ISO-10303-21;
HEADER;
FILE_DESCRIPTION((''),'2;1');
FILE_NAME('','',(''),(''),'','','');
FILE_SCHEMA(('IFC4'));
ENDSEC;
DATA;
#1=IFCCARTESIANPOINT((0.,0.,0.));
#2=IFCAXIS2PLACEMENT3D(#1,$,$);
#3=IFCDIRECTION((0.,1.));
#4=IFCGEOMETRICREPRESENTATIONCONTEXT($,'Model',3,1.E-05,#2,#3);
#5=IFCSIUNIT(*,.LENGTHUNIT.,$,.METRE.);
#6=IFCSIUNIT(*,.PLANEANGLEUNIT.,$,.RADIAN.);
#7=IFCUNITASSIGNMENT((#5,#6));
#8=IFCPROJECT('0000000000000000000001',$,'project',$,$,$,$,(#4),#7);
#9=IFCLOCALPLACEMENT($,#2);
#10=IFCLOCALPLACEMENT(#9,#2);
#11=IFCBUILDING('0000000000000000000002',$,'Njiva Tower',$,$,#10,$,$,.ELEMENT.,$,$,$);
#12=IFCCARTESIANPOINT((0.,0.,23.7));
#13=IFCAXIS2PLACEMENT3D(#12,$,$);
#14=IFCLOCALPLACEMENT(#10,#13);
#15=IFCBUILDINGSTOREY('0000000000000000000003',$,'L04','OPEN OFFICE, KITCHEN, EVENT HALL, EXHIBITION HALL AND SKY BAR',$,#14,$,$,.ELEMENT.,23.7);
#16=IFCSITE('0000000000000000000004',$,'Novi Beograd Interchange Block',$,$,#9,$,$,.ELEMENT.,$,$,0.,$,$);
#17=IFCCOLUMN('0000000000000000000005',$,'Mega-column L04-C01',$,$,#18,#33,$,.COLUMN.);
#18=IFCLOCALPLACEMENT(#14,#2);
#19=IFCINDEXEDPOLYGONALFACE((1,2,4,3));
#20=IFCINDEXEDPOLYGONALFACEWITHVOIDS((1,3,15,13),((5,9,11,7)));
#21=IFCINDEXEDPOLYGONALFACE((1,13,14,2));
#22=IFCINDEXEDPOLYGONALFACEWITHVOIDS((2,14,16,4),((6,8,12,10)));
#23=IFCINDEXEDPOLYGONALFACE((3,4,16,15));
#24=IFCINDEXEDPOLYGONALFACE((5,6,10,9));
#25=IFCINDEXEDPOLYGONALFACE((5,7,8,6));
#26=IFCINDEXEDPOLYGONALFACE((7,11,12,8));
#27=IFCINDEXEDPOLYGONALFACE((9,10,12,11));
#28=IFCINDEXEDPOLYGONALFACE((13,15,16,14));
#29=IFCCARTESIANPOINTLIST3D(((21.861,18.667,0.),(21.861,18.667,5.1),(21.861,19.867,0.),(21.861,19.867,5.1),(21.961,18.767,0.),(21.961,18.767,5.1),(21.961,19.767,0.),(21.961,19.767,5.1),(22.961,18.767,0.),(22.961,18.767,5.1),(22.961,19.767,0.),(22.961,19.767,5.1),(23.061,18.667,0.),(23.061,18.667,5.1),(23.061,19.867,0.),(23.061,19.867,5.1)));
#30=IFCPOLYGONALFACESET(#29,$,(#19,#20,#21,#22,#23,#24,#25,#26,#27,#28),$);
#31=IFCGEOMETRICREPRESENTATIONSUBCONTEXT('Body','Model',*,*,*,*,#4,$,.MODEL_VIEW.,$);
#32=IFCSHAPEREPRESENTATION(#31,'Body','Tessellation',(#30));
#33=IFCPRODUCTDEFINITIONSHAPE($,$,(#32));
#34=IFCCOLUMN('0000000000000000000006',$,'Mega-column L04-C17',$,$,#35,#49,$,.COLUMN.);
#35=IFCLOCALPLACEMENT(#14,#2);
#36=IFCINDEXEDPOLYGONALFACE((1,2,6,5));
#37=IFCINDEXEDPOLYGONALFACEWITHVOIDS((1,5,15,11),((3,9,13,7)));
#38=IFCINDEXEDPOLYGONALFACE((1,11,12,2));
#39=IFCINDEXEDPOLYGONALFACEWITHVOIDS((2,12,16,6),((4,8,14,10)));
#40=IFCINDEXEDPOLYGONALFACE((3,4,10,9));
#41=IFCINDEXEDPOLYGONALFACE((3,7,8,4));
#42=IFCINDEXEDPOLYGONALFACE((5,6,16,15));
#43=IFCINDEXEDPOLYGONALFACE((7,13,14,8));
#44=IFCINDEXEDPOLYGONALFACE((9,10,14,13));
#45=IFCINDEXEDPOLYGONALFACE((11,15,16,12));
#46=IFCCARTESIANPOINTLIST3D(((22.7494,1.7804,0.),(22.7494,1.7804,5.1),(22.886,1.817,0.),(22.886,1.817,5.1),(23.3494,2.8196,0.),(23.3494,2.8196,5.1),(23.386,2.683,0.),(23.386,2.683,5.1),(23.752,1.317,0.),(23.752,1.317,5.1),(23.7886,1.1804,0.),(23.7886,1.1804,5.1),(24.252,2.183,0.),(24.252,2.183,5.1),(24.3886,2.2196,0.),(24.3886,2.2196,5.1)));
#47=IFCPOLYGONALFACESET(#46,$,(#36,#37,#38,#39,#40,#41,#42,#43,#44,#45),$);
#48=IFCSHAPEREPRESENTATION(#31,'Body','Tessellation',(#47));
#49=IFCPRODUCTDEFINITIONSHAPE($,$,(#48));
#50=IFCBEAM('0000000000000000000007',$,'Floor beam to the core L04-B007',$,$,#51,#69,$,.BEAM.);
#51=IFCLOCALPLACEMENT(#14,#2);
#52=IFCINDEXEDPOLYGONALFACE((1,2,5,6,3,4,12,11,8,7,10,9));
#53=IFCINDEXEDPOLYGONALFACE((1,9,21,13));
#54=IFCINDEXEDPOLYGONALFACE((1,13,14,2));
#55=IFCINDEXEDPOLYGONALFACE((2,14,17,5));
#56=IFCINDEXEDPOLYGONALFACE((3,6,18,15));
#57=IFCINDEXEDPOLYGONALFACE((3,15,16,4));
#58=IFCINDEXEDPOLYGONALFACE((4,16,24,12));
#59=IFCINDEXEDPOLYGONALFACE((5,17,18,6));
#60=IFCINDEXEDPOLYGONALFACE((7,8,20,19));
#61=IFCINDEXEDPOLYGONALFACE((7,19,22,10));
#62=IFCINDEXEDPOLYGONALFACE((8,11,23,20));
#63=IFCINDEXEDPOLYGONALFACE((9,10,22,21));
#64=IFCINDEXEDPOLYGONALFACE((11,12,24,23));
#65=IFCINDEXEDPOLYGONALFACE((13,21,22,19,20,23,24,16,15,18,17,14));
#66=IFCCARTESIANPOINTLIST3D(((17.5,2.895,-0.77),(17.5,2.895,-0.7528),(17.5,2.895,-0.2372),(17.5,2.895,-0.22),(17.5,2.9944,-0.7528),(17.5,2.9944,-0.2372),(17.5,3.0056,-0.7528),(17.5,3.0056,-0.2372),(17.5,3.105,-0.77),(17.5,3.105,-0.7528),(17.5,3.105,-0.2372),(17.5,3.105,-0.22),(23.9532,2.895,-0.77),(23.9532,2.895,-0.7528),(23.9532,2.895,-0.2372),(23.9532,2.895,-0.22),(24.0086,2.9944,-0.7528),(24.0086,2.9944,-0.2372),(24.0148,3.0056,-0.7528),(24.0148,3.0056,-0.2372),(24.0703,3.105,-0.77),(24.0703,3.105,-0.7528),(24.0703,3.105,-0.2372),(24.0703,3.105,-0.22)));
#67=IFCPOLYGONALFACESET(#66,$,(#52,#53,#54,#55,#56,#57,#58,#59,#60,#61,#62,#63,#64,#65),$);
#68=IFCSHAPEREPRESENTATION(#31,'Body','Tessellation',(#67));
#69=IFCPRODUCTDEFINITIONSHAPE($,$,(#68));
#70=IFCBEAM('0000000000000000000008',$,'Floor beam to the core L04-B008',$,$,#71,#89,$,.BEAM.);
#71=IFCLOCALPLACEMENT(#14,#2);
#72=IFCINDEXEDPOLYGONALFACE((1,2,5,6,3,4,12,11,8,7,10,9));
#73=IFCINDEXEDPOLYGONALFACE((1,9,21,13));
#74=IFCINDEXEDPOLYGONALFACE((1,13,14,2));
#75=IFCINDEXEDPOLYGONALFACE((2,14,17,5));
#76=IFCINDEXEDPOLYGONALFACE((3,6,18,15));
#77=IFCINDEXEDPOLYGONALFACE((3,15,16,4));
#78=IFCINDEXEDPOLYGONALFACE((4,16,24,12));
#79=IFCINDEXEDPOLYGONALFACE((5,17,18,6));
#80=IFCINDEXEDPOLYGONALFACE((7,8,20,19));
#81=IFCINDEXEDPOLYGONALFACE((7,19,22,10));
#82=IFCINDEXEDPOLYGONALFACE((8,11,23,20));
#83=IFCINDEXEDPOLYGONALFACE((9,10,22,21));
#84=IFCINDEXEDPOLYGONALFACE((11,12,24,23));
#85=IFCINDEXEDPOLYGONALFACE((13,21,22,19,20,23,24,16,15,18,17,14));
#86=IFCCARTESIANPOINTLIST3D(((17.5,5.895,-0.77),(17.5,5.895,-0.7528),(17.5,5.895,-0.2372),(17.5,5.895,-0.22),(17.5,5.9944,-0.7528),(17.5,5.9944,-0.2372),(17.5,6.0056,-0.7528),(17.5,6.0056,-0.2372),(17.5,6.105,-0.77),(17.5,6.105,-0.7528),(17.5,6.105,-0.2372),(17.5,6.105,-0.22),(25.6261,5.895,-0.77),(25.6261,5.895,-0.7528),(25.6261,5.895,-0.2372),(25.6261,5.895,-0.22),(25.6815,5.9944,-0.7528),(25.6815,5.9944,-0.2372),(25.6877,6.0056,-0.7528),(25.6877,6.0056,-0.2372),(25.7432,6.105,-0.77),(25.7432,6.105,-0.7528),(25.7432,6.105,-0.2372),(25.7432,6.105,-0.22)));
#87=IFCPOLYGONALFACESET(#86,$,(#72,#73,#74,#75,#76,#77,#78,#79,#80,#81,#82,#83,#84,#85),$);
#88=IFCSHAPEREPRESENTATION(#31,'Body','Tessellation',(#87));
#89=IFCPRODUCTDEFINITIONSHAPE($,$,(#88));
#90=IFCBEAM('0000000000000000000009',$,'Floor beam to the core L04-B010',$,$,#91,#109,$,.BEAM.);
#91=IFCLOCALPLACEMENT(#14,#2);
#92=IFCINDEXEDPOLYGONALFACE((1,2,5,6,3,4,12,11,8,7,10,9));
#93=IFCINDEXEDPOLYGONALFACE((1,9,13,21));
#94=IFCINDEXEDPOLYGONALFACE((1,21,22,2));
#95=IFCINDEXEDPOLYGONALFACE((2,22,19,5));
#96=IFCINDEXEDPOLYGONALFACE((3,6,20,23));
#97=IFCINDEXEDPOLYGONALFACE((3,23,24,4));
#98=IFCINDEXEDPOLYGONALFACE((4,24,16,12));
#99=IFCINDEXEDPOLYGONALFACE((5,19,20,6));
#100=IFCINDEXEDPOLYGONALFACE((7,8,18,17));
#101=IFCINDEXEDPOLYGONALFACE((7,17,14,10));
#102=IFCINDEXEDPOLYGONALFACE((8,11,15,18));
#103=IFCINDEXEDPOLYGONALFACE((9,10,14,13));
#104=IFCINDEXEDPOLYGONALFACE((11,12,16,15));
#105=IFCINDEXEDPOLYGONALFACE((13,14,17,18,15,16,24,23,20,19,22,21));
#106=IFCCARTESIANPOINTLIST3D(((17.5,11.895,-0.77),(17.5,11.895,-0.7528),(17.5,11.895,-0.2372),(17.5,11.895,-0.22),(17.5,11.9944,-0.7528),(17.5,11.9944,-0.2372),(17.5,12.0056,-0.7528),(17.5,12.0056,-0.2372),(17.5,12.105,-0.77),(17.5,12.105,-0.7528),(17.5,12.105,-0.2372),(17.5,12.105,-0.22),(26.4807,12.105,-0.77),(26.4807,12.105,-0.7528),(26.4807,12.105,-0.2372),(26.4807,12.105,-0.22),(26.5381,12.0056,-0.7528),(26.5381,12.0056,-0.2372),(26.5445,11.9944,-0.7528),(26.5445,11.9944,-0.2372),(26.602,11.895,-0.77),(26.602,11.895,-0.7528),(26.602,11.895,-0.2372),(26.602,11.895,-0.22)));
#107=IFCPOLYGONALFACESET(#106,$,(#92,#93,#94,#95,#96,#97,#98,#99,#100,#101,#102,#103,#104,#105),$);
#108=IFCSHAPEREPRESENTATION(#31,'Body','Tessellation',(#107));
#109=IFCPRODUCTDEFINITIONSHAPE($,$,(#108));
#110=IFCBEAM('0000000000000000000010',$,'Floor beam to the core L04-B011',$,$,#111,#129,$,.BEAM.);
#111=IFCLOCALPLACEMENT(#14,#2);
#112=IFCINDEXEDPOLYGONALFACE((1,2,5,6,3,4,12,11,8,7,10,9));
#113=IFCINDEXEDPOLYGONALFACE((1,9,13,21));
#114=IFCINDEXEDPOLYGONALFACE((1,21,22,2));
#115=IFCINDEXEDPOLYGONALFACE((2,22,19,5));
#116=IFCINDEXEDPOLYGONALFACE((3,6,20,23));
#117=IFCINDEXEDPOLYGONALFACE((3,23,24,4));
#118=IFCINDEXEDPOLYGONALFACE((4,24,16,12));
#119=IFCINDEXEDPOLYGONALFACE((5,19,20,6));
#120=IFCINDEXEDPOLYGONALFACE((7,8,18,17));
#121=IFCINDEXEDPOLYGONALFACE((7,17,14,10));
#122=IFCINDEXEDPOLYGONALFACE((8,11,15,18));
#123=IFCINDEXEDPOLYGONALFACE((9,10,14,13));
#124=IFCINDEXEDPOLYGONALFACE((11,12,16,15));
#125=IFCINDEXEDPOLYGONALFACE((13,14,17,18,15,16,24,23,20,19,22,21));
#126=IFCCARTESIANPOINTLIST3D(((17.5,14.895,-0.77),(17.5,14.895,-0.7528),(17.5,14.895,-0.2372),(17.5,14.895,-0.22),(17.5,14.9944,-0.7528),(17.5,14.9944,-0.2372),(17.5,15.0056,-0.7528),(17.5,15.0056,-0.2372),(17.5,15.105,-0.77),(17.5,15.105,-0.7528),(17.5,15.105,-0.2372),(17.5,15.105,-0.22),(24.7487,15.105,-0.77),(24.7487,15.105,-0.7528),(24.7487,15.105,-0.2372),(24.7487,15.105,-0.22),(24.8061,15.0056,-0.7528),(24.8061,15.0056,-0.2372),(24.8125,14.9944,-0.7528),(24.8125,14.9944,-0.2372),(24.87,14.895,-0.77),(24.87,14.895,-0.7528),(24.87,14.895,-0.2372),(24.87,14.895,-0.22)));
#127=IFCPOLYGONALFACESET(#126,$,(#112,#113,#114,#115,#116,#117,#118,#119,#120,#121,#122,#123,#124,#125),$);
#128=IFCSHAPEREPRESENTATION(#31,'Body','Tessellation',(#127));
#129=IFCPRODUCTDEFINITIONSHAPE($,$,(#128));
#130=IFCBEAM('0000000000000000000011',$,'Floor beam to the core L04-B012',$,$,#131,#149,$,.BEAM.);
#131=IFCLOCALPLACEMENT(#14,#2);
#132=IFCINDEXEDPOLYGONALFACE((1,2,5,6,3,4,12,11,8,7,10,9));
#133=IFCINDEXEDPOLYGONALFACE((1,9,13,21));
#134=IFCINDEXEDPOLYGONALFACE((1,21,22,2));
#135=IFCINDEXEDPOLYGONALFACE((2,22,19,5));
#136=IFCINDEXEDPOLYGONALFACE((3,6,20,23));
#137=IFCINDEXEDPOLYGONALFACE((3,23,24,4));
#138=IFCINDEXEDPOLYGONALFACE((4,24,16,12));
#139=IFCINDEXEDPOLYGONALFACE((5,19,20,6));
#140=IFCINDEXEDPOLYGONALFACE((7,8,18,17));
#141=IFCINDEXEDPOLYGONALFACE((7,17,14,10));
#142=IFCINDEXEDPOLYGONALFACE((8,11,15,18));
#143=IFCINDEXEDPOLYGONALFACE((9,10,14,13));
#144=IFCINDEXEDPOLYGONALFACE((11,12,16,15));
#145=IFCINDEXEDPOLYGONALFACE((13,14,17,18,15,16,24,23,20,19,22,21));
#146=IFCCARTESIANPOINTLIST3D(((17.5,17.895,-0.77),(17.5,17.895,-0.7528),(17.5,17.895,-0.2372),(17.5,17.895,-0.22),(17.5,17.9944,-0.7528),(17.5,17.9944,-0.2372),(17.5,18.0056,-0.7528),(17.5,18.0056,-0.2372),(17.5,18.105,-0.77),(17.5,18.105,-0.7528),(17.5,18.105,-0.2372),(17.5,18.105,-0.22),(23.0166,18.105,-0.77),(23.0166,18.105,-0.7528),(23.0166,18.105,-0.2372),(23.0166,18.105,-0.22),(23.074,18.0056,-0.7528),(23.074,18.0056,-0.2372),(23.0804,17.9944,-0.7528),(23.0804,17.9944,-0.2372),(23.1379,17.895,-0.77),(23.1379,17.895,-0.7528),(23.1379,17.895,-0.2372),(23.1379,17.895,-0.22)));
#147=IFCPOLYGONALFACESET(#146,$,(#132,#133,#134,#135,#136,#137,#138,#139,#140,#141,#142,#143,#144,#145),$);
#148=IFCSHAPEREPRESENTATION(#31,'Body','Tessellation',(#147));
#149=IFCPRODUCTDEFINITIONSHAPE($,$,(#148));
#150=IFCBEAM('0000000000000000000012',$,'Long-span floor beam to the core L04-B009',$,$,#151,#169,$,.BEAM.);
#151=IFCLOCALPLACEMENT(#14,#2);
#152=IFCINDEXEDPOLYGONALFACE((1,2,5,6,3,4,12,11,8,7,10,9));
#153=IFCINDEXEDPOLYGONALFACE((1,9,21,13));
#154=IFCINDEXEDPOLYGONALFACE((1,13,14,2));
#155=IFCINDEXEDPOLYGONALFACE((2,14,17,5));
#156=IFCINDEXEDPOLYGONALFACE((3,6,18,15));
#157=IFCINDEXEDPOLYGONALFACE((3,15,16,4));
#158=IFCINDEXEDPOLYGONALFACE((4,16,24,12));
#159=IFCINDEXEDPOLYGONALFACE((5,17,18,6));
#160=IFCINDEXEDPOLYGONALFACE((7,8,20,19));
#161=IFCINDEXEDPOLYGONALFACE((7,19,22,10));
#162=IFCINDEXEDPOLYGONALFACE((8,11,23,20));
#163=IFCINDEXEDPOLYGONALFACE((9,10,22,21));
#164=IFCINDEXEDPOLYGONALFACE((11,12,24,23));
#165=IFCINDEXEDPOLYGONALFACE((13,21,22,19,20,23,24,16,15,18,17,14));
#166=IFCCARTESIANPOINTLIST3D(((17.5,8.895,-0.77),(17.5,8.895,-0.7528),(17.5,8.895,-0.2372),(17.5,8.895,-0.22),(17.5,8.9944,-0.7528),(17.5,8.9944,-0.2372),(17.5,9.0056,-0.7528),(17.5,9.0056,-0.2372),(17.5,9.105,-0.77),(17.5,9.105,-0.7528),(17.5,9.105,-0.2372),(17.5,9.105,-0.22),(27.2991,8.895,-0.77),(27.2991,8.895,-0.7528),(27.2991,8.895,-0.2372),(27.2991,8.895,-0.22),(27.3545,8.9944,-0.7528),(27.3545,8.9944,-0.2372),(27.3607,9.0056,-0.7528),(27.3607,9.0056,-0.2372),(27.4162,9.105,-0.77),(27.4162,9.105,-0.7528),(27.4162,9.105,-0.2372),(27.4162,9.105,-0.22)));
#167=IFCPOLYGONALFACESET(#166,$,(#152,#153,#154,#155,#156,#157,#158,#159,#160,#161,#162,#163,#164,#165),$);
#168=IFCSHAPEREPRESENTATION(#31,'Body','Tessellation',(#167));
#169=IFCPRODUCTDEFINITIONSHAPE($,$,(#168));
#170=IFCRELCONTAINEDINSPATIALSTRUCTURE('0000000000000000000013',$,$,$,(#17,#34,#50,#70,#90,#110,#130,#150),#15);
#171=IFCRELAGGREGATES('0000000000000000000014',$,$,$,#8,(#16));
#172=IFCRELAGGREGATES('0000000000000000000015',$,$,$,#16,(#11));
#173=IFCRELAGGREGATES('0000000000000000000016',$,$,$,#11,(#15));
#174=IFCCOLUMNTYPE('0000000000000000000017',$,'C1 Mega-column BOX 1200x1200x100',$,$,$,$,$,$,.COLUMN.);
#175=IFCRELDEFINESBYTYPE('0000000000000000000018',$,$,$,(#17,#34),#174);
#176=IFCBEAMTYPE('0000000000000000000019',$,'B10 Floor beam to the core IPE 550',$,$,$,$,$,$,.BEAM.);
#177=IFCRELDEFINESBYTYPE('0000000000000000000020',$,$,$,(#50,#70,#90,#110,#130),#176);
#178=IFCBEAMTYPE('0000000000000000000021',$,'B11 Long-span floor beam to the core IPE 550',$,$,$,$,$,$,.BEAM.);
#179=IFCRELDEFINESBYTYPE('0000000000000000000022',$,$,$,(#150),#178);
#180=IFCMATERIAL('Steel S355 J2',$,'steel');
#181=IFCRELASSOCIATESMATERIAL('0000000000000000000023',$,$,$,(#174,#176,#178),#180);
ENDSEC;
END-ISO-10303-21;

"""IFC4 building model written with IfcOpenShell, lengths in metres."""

from ifc_helpers import new_model, si_unit, direction, frame, origin, origin_2d, place, context, subcontext, project, spatial, hollow_rectangle, i_section, extrude, clip, halfspace, material, material_profile, profile_set, type_object, element, save


model = new_model("IFC4")

# Units and contexts
model_context = context("Model", 3, precision=1e-05, world=origin(), true_north=direction((0.0, 1.0)))
body_context = subcontext(model_context, "Body", "Model", "MODEL_VIEW")
ifc_project = project(units=[si_unit("LENGTHUNIT", "METRE"), si_unit("PLANEANGLEUNIT", "RADIAN")], contexts=[model_context])

# Site, building, storey
site_placement = place(None, origin())
site = spatial("IfcSite", under=ifc_project, at=site_placement, Name="Novi Beograd Interchange Block", CompositionType="ELEMENT", RefElevation=0.0)
building_placement = place(site_placement, origin())
building = spatial("IfcBuilding", under=site, at=building_placement, Name="Njiva Tower", CompositionType="ELEMENT")
storey_placement = place(building_placement, frame((0.0, 0.0, 23.7)))
storey = spatial("IfcBuildingStorey", under=building, at=storey_placement, Name="L04", Description="OPEN OFFICE, KITCHEN, EVENT HALL, EXHIBITION HALL AND SKY BAR", CompositionType="ELEMENT", Elevation=23.7)

# Columns
ifc_material_1 = material(Name="Steel S355 J2", Category="steel")
ifc_material_profile_1 = material_profile(ifc_material_1, hollow_rectangle(XDim=1.2, YDim=1.2, WallThickness=0.1, at=origin_2d()), Name="BOX 1200x1200x100")
ifc_profile_set_1 = profile_set([ifc_material_profile_1], Name="Steel S355 J2")
column_type = type_object("IfcColumnType", Name="C1 Mega-column BOX 1200x1200x100", PredefinedType="COLUMN", material=ifc_profile_set_1)
for number, where, z_axis, x_axis, name in (
    (1, (22.461, 19.267, 0.0), (0.0, 0.0, 1.0), (-1.0, 0.0, 0.0), "Mega-column L04-C01"),
    (2, (23.569, 2.0, 0.0), (0.0, 0.0, 1.0), (0.5, 0.866025, 0.0), "Mega-column L04-C17"),
):
    element("IfcColumn", number, at=place(storey_placement, frame(where, z_axis=z_axis, x_axis=x_axis)), inside=storey, type_object=column_type, Name=name, PredefinedType="COLUMN", context=body_context, shape_type="SweptSolid", body=[
        extrude(hollow_rectangle(XDim=1.2, YDim=1.2, WallThickness=0.1, at=origin_2d()), origin(), (0.0, 0.0, 1.0), 5.1),
    ])

# Beams
ifc_material_profile_2 = material_profile(ifc_material_1, i_section(OverallWidth=0.21, OverallDepth=0.55, WebThickness=0.0111, FlangeThickness=0.0172, at=origin_2d()), Name="IPE 550")
ifc_profile_set_2 = profile_set([ifc_material_profile_2], Name="Steel S355 J2")
beam_type_1 = type_object("IfcBeamType", Name="B10 Floor beam to the core IPE 550", PredefinedType="BEAM", material=ifc_profile_set_2)
beam_1_placement = place(storey_placement, frame((17.5, 3.0, -0.495), z_axis=(1.0, 0.0, 0.0), x_axis=(0.0, 1.0, 0.0)))
element("IfcBeam", 3, at=beam_1_placement, inside=storey, type_object=beam_type_1, Name="Floor beam to the core L04-B007", PredefinedType="BEAM", context=body_context, shape_type="Clipping", body=[
    clip(extrude(i_section(OverallWidth=0.21, OverallDepth=0.55, WebThickness=0.0111, FlangeThickness=0.0172, at=origin_2d()), origin(), (0.0, 0.0, 1.0), 6.591), halfspace(frame((-0.0244, 0.0, 6.4981), z_axis=(-0.487052, 0.0, 0.873373), x_axis=(0.0, 1.0, 0.0)), False)),
])
beam_2_placement = place(storey_placement, frame((17.5, 6.0, -0.495), z_axis=(1.0, 0.0, 0.0), x_axis=(0.0, 1.0, 0.0)))
element("IfcBeam", 4, at=beam_2_placement, inside=storey, type_object=beam_type_1, Name="Floor beam to the core L04-B008", PredefinedType="BEAM", context=body_context, shape_type="Clipping", body=[
    clip(extrude(i_section(OverallWidth=0.21, OverallDepth=0.55, WebThickness=0.0111, FlangeThickness=0.0172, at=origin_2d()), origin(), (0.0, 0.0, 1.0), 8.264), halfspace(frame((-0.0244, 0.0, 8.171), z_axis=(-0.487052, 0.0, 0.873373), x_axis=(0.0, 1.0, 0.0)), False)),
])
beam_3_placement = place(storey_placement, frame((17.5, 12.0, -0.495), z_axis=(1.0, 0.0, 0.0), x_axis=(0.0, 1.0, 0.0)))
element("IfcBeam", 5, at=beam_3_placement, inside=storey, type_object=beam_type_1, Name="Floor beam to the core L04-B010", PredefinedType="BEAM", context=body_context, shape_type="Clipping", body=[
    clip(extrude(i_section(OverallWidth=0.21, OverallDepth=0.55, WebThickness=0.0111, FlangeThickness=0.0172, at=origin_2d()), origin(), (0.0, 0.0, 1.0), 9.122), halfspace(frame((0.025, 0.0, 9.0269), z_axis=(0.499998, 0.0, 0.866027), x_axis=(0.0, 1.0, 0.0)), False)),
])
beam_4_placement = place(storey_placement, frame((17.5, 15.0, -0.495), z_axis=(1.0, 0.0, 0.0), x_axis=(0.0, 1.0, 0.0)))
element("IfcBeam", 6, at=beam_4_placement, inside=storey, type_object=beam_type_1, Name="Floor beam to the core L04-B011", PredefinedType="BEAM", context=body_context, shape_type="Clipping", body=[
    clip(extrude(i_section(OverallWidth=0.21, OverallDepth=0.55, WebThickness=0.0111, FlangeThickness=0.0172, at=origin_2d()), origin(), (0.0, 0.0, 1.0), 7.39), halfspace(frame((0.025, 0.0, 7.2949), z_axis=(0.499998, 0.0, 0.866027), x_axis=(0.0, 1.0, 0.0)), False)),
])
beam_5_placement = place(storey_placement, frame((17.5, 18.0, -0.495), z_axis=(1.0, 0.0, 0.0), x_axis=(0.0, 1.0, 0.0)))
element("IfcBeam", 7, at=beam_5_placement, inside=storey, type_object=beam_type_1, Name="Floor beam to the core L04-B012", PredefinedType="BEAM", context=body_context, shape_type="Clipping", body=[
    clip(extrude(i_section(OverallWidth=0.21, OverallDepth=0.55, WebThickness=0.0111, FlangeThickness=0.0172, at=origin_2d()), origin(), (0.0, 0.0, 1.0), 5.658), halfspace(frame((0.025, 0.0, 5.5628), z_axis=(0.499998, 0.0, 0.866027), x_axis=(0.0, 1.0, 0.0)), False)),
])
ifc_material_profile_3 = material_profile(ifc_material_1, i_section(OverallWidth=0.21, OverallDepth=0.55, WebThickness=0.0111, FlangeThickness=0.0172, at=origin_2d()), Name="IPE 550")
ifc_profile_set_3 = profile_set([ifc_material_profile_3], Name="Steel S355 J2")
beam_type_2 = type_object("IfcBeamType", Name="B11 Long-span floor beam to the core IPE 550", PredefinedType="BEAM", material=ifc_profile_set_3)
beam_6_placement = place(storey_placement, frame((17.5, 9.0, -0.495), z_axis=(1.0, 0.0, 0.0), x_axis=(0.0, 1.0, 0.0)))
element("IfcBeam", 8, at=beam_6_placement, inside=storey, type_object=beam_type_2, Name="Long-span floor beam to the core L04-B009", PredefinedType="BEAM", context=body_context, shape_type="Clipping", body=[
    clip(extrude(i_section(OverallWidth=0.21, OverallDepth=0.55, WebThickness=0.0111, FlangeThickness=0.0172, at=origin_2d()), origin(), (0.0, 0.0, 1.0), 9.937), halfspace(frame((-0.0244, 0.0, 9.844), z_axis=(-0.487052, 0.0, 0.873373), x_axis=(0.0, 1.0, 0.0)), False)),
])

save(model, "model.ifc")
